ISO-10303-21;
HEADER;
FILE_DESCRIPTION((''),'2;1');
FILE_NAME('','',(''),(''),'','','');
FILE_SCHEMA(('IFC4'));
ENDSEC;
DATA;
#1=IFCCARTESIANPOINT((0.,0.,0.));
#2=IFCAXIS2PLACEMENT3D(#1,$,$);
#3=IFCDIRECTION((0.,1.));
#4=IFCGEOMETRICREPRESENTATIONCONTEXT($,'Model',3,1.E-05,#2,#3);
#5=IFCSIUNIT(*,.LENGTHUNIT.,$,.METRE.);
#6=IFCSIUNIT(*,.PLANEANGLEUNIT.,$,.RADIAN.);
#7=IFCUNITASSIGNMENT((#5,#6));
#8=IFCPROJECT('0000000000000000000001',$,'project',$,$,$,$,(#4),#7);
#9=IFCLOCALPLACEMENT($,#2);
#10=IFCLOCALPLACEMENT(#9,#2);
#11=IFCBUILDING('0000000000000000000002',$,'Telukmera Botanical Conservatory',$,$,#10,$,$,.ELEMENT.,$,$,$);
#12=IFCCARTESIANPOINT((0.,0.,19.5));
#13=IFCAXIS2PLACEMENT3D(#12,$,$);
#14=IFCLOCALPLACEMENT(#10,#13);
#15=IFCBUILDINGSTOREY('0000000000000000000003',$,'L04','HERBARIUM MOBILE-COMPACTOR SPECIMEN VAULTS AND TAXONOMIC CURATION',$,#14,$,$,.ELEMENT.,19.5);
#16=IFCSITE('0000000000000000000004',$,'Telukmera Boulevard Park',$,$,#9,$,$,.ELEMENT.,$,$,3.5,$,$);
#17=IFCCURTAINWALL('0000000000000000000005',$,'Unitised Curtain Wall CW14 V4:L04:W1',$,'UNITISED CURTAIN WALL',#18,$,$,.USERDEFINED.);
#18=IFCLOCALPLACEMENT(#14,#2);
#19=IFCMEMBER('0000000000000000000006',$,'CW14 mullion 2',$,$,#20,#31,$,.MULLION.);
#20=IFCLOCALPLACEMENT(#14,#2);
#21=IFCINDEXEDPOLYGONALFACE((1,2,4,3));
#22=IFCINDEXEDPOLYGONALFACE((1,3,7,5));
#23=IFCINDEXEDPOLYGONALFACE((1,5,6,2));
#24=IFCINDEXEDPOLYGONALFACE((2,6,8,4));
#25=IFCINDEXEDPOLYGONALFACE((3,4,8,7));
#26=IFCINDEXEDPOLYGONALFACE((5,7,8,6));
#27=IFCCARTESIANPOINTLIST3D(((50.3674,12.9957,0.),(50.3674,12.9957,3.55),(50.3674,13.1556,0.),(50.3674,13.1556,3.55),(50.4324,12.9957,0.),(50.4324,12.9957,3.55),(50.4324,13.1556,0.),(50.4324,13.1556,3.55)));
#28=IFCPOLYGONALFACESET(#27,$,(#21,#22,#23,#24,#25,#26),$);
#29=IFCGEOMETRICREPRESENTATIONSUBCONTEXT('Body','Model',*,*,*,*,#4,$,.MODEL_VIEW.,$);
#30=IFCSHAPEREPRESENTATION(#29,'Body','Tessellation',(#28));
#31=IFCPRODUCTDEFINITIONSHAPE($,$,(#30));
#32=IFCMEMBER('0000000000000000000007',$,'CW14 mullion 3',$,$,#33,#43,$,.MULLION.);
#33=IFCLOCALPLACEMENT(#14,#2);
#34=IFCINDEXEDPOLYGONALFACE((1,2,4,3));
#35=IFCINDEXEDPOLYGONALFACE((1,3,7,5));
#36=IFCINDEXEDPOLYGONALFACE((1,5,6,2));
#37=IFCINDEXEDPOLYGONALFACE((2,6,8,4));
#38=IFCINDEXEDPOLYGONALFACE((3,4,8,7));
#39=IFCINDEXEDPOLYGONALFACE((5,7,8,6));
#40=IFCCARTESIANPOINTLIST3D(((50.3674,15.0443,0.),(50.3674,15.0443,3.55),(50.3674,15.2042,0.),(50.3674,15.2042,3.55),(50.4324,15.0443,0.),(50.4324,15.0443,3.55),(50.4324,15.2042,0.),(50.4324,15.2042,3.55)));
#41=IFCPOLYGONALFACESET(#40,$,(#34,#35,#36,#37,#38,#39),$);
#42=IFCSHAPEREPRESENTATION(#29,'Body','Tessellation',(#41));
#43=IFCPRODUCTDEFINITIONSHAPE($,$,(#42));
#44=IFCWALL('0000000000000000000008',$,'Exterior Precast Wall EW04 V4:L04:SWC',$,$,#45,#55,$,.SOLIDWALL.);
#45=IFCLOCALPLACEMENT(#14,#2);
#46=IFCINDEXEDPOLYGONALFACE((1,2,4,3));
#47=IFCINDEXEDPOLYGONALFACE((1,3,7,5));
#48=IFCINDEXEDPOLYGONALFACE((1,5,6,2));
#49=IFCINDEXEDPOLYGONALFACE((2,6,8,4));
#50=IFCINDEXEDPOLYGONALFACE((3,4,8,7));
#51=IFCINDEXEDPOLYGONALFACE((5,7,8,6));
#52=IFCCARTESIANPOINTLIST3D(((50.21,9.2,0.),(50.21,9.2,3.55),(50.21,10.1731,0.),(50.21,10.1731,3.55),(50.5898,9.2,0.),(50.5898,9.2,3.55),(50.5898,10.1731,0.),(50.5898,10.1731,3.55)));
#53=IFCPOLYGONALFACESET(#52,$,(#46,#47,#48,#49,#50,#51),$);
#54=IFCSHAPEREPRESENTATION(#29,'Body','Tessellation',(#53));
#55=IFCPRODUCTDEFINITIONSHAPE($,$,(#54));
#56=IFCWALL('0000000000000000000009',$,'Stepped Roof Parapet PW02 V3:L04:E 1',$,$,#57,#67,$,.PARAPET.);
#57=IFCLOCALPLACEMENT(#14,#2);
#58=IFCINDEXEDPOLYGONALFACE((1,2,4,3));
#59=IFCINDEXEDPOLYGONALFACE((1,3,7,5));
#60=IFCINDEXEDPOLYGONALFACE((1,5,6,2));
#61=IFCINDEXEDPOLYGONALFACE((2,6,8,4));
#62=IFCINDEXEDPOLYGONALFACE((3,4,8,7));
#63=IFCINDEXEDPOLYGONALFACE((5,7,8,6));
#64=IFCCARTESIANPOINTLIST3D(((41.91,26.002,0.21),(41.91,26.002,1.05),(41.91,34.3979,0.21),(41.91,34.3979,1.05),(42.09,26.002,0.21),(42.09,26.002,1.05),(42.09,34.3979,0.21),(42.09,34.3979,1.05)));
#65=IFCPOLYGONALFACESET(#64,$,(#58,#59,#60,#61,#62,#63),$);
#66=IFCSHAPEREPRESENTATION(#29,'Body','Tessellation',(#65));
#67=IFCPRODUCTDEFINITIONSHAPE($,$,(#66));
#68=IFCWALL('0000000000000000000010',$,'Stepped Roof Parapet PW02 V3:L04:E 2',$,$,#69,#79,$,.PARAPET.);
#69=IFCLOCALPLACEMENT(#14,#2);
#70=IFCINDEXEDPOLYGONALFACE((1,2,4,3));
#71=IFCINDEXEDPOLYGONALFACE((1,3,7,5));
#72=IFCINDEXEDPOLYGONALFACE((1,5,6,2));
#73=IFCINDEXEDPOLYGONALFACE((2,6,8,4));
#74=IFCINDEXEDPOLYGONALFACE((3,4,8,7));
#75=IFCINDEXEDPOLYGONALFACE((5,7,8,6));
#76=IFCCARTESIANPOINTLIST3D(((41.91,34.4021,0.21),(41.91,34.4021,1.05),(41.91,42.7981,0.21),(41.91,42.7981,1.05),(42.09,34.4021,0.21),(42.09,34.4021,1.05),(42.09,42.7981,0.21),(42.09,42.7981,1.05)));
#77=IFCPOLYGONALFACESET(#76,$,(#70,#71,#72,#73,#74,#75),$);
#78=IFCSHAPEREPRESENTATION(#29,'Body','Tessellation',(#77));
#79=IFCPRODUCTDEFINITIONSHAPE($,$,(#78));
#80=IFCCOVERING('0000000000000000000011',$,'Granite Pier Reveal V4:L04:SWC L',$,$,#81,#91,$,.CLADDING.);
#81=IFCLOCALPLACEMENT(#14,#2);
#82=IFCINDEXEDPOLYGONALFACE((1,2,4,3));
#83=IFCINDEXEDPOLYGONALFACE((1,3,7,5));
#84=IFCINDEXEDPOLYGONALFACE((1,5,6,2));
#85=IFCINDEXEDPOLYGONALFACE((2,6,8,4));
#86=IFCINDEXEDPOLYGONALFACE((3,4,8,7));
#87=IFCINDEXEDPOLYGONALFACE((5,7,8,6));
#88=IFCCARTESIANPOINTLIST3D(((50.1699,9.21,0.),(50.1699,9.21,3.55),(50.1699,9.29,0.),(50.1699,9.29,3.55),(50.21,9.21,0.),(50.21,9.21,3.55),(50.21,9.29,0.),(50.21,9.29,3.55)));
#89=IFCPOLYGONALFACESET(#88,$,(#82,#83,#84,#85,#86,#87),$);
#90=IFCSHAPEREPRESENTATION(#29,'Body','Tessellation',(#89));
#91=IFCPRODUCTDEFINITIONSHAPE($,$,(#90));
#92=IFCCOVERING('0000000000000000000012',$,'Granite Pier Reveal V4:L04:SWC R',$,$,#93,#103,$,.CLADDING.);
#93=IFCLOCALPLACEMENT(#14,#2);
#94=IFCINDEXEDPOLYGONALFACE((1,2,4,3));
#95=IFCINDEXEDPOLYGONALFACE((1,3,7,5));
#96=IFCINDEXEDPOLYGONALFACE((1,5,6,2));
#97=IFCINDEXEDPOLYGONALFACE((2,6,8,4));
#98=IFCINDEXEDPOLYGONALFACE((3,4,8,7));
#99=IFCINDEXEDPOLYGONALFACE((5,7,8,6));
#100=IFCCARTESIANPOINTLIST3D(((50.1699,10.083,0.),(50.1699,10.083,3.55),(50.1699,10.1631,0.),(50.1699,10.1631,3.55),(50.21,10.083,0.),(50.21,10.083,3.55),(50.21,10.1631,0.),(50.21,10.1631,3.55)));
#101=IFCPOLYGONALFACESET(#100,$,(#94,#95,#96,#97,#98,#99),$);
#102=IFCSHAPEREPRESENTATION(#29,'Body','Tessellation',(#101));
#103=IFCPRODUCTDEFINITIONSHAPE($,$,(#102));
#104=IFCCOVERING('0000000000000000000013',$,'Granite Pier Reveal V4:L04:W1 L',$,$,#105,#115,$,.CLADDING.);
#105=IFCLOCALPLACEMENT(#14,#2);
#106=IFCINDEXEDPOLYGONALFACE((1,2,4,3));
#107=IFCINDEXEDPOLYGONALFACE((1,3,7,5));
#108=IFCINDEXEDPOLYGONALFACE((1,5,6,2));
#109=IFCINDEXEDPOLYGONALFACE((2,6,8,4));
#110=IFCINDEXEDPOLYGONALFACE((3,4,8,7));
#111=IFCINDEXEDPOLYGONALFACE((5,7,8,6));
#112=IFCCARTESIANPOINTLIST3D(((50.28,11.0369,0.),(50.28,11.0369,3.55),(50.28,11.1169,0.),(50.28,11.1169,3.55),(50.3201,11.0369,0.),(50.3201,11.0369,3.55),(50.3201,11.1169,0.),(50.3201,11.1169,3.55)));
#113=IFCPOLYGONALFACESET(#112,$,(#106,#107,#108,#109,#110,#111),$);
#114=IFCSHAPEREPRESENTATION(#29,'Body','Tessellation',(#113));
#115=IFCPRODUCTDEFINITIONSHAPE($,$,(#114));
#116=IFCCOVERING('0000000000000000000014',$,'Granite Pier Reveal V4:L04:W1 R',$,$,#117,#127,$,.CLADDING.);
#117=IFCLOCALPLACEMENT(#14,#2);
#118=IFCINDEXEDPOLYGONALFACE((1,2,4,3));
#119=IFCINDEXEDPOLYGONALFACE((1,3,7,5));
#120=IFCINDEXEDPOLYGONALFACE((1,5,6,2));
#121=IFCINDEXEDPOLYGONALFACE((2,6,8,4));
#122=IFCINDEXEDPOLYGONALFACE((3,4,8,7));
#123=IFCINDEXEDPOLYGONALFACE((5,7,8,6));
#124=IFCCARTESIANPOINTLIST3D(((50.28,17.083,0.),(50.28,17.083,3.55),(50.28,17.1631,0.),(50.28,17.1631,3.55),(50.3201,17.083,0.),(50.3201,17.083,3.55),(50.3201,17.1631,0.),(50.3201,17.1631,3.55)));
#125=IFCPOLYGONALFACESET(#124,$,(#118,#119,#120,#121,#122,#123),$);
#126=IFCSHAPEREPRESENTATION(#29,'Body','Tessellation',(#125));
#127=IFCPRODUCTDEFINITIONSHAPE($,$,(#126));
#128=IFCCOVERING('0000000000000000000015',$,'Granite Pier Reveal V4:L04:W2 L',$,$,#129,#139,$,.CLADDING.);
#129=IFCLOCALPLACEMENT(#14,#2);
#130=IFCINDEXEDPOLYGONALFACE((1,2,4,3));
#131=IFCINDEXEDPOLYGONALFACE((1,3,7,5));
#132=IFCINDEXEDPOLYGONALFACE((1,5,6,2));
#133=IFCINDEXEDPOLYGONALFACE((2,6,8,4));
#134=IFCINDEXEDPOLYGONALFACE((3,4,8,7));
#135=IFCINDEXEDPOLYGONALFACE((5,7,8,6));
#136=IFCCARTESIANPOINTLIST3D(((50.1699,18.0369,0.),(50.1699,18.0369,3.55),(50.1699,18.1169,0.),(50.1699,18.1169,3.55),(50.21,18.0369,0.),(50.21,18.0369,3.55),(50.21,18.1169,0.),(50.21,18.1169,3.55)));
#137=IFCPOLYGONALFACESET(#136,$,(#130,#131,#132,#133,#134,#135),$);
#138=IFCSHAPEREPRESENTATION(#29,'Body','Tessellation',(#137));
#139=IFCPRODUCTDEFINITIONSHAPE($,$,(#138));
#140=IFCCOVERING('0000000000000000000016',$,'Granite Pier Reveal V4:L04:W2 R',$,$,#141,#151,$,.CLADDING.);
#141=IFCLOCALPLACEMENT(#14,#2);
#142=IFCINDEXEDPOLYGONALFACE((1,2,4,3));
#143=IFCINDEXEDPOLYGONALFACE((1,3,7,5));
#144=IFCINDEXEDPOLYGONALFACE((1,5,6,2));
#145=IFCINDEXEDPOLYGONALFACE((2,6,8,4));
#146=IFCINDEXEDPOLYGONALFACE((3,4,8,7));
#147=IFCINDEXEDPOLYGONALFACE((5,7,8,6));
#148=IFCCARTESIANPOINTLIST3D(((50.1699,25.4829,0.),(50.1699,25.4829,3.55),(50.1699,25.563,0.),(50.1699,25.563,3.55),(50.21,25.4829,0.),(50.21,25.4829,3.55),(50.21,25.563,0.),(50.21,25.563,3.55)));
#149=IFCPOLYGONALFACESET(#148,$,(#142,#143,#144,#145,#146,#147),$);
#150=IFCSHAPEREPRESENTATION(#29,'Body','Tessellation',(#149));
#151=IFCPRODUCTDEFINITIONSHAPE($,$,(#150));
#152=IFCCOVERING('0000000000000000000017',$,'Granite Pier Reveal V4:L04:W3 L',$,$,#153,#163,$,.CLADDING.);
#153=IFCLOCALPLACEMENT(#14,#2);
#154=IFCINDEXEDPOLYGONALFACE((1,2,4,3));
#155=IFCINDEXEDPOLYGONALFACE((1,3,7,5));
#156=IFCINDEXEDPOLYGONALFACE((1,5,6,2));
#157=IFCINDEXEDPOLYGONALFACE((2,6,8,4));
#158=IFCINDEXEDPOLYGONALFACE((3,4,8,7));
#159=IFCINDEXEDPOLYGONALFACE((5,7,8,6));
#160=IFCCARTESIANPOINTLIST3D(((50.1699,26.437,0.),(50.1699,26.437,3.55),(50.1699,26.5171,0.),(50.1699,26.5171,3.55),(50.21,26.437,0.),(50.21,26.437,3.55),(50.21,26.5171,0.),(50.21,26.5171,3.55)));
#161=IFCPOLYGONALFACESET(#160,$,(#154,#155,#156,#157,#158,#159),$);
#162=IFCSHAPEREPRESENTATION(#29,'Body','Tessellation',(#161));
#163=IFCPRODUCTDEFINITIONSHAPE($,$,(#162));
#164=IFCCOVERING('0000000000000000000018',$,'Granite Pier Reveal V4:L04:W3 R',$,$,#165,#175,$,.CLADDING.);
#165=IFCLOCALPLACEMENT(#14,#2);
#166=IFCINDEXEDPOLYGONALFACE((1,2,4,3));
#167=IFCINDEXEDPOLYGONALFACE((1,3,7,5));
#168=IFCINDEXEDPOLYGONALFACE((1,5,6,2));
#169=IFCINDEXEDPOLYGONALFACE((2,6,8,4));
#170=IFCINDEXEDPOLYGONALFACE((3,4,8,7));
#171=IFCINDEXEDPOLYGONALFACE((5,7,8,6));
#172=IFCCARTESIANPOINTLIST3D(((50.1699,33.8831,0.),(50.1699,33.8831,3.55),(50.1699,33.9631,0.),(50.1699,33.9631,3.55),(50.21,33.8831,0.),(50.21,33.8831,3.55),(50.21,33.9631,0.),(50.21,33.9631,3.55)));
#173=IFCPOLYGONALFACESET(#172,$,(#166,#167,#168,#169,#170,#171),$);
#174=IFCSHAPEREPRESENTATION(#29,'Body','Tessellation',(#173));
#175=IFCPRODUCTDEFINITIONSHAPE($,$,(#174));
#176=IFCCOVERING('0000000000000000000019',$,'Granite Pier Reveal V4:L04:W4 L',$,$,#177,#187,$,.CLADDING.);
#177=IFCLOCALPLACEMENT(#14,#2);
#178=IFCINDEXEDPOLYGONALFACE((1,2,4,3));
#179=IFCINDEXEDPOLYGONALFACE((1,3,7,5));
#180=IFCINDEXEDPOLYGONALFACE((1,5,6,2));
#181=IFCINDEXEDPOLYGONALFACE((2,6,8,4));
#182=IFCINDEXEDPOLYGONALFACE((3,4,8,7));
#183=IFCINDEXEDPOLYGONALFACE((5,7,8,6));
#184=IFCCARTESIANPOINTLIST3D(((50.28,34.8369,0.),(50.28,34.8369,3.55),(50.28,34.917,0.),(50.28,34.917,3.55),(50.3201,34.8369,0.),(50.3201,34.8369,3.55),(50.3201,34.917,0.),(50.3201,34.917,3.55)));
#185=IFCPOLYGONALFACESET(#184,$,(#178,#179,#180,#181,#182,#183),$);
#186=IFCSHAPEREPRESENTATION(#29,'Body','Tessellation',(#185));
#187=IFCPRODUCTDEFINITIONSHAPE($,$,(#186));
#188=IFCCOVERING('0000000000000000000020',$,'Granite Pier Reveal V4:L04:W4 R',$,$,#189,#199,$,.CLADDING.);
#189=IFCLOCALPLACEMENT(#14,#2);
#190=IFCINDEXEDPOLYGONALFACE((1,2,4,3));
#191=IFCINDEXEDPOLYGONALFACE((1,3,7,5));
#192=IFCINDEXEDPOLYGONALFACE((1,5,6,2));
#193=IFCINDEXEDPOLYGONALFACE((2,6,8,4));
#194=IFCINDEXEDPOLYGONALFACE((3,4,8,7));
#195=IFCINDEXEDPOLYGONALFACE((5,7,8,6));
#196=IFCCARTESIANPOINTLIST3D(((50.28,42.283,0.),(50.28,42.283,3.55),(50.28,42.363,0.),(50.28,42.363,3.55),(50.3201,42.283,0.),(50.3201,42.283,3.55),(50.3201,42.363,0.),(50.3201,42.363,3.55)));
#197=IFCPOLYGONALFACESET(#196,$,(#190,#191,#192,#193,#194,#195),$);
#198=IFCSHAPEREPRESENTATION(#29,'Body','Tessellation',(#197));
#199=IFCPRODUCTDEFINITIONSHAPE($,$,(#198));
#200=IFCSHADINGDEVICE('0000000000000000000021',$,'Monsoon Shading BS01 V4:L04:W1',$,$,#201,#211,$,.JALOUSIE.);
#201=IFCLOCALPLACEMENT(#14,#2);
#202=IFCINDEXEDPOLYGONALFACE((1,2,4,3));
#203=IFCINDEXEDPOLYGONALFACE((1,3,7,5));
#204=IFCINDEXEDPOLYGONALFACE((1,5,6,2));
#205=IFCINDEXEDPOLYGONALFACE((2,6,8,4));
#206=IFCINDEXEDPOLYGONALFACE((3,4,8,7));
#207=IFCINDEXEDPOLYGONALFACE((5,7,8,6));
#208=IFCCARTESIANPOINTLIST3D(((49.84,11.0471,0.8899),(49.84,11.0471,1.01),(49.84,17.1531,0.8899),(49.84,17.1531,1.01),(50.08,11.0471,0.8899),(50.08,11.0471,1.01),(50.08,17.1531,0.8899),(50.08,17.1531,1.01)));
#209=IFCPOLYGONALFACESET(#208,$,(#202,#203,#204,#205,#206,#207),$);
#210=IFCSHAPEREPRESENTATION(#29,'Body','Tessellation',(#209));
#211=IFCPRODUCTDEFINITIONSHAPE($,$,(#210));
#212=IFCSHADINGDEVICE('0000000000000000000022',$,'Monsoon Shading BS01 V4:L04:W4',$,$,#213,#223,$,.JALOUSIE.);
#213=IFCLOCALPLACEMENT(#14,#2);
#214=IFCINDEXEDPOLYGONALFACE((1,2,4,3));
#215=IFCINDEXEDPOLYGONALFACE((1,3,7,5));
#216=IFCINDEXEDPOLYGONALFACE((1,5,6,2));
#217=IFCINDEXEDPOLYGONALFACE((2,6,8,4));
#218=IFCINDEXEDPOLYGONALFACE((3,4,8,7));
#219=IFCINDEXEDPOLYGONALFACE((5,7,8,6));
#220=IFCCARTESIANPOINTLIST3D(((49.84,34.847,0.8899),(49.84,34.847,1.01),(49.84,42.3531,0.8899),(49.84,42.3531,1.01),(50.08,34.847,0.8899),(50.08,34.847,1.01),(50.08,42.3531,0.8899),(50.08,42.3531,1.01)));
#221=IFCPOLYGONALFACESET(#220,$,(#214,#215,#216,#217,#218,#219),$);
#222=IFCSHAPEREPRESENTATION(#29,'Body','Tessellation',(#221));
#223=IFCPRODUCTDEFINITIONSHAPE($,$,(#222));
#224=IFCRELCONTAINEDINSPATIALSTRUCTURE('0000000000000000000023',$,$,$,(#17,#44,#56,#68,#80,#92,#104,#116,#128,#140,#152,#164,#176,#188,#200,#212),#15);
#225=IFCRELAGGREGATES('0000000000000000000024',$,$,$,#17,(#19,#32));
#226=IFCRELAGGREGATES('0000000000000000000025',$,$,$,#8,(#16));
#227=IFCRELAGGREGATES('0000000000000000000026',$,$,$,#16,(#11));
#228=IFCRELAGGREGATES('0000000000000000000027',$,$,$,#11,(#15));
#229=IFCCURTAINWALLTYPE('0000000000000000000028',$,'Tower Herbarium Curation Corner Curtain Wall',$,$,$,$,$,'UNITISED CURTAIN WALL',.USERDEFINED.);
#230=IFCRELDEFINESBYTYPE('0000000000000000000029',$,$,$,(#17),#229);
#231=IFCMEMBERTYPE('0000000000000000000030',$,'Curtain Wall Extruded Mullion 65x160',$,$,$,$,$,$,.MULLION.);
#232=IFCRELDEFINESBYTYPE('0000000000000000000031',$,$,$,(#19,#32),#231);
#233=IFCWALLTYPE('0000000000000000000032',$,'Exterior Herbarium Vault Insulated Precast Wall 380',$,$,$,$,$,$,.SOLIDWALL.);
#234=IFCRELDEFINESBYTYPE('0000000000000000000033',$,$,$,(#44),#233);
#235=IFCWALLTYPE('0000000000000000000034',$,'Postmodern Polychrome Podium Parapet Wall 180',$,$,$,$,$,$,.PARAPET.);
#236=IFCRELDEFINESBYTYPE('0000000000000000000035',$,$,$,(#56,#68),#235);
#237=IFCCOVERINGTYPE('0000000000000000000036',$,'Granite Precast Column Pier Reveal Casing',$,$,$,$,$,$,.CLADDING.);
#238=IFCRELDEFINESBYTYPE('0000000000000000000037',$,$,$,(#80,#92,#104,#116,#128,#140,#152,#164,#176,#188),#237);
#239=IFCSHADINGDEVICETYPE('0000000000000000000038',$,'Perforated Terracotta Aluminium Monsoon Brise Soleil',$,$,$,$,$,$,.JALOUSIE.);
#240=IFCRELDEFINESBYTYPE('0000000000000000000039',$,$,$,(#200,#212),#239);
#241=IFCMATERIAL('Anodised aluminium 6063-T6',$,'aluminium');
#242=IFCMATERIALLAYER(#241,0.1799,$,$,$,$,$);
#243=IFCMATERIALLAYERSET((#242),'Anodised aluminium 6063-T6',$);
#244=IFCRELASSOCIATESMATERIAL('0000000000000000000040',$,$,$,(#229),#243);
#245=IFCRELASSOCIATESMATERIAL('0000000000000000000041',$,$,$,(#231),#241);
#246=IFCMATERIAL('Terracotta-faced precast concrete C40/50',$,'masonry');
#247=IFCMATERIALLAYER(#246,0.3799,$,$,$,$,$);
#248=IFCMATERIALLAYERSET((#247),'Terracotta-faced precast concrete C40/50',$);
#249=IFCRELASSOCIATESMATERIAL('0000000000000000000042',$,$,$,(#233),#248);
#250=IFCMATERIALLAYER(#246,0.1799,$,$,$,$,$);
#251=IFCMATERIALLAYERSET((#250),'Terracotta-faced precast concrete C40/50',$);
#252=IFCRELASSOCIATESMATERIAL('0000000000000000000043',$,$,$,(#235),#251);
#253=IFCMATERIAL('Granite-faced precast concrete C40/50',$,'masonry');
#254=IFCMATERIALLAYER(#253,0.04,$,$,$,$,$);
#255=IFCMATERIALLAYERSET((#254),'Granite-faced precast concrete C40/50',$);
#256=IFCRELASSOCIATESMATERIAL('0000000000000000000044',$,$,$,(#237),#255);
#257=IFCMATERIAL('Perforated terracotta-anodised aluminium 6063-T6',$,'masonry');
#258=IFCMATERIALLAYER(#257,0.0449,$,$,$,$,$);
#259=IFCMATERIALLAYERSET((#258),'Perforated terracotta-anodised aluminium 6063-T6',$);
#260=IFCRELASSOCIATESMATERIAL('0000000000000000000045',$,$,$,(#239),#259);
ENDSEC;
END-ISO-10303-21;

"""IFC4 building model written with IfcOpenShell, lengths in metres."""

from ifc_helpers import new_model, si_unit, direction, frame, frame_2d, origin, origin_2d, place, context, subcontext, project, spatial, rectangle, extrude, material, layer, layer_set, material_profile, profile_set, type_object, element, aggregate, save


model = new_model("IFC4")

# Units and contexts
model_context = context("Model", 3, precision=1e-05, world=origin(), true_north=direction((0.0, 1.0)))
body_context = subcontext(model_context, "Body", "Model", "MODEL_VIEW")
ifc_project = project(units=[si_unit("LENGTHUNIT", "METRE"), si_unit("PLANEANGLEUNIT", "RADIAN")], contexts=[model_context])

# Site, building, storey
site_placement = place(None, origin())
site = spatial("IfcSite", under=ifc_project, at=site_placement, Name="Telukmera Boulevard Park", CompositionType="ELEMENT", RefElevation=3.5)
building_placement = place(site_placement, origin())
building = spatial("IfcBuilding", under=site, at=building_placement, Name="Telukmera Botanical Conservatory", CompositionType="ELEMENT")
storey_placement = place(building_placement, frame((0.0, 0.0, 19.5)))
storey = spatial("IfcBuildingStorey", under=building, at=storey_placement, Name="L04", Description="HERBARIUM MOBILE-COMPACTOR SPECIMEN VAULTS AND TAXONOMIC CURATION", CompositionType="ELEMENT", Elevation=19.5)

# Curtain wall, members
ifc_material_1 = material(Name="Anodised aluminium 6063-T6", Category="aluminium")
ifc_layer_1 = layer(ifc_material_1, 0.1799)
ifc_layer_set_1 = layer_set([ifc_layer_1], Name="Anodised aluminium 6063-T6")
curtain_wall_type = type_object("IfcCurtainWallType", Name="Tower Herbarium Curation Corner Curtain Wall", ElementType="UNITISED CURTAIN WALL", PredefinedType="USERDEFINED", material=ifc_layer_set_1)
curtain_wall_placement = place(storey_placement, origin())
curtain_wall = element("IfcCurtainWall", 1, at=curtain_wall_placement, inside=storey, type_object=curtain_wall_type, Name="Unitised Curtain Wall CW14 V4:L04:W1", ObjectType="UNITISED CURTAIN WALL", PredefinedType="USERDEFINED")
ifc_material_profile_1 = material_profile(ifc_material_1, rectangle(XDim=0.0649, YDim=0.1599, at=origin_2d()), Name="ALU MULL 65x160")
ifc_profile_set_1 = profile_set([ifc_material_profile_1], Name="Anodised aluminium 6063-T6")
member_type = type_object("IfcMemberType", Name="Curtain Wall Extruded Mullion 65x160", PredefinedType="MULLION", material=ifc_profile_set_1)
member_1_placement = place(storey_placement, frame((50.3999, 13.0757, 0.0), z_axis=(0.0, 0.0, 1.0), x_axis=(-1.0, 0.0, 0.0)))
member_1 = element("IfcMember", 2, at=member_1_placement, type_object=member_type, Name="CW14 mullion 2", PredefinedType="MULLION", context=body_context, shape_type="SweptSolid", body=[
    extrude(rectangle(XDim=0.0649, YDim=0.1599, at=origin_2d()), origin(), (0.0, 0.0, 1.0), 3.55),
])
member_2_placement = place(storey_placement, frame((50.3999, 15.1243, 0.0), z_axis=(0.0, 0.0, 1.0), x_axis=(-1.0, 0.0, 0.0)))
member_2 = element("IfcMember", 3, at=member_2_placement, type_object=member_type, Name="CW14 mullion 3", PredefinedType="MULLION", context=body_context, shape_type="SweptSolid", body=[
    extrude(rectangle(XDim=0.0649, YDim=0.1599, at=origin_2d()), origin(), (0.0, 0.0, 1.0), 3.55),
])
aggregate(curtain_wall, [member_1, member_2])

# Walls
ifc_material_2 = material(Name="Terracotta-faced precast concrete C40/50", Category="masonry")
ifc_layer_2 = layer(ifc_material_2, 0.3799)
ifc_layer_set_2 = layer_set([ifc_layer_2], Name="Terracotta-faced precast concrete C40/50")
wall_type_1 = type_object("IfcWallType", Name="Exterior Herbarium Vault Insulated Precast Wall 380", PredefinedType="SOLIDWALL", material=ifc_layer_set_2)
wall_placement = place(storey_placement, frame((50.3999, 9.2, 0.0), z_axis=(0.0, 0.0, 1.0), x_axis=(0.0, 1.0, 0.0)))
element("IfcWall", 4, at=wall_placement, inside=storey, type_object=wall_type_1, Name="Exterior Precast Wall EW04 V4:L04:SWC", PredefinedType="SOLIDWALL", context=body_context, shape_type="SweptSolid", body=[
    extrude(rectangle(XDim=0.9731, YDim=0.3799, at=frame_2d((0.4866, 0.0))), origin(), (0.0, 0.0, 1.0), 3.55),
])
ifc_layer_3 = layer(ifc_material_2, 0.1799)
ifc_layer_set_3 = layer_set([ifc_layer_3], Name="Terracotta-faced precast concrete C40/50")
wall_type_2 = type_object("IfcWallType", Name="Postmodern Polychrome Podium Parapet Wall 180", PredefinedType="PARAPET", material=ifc_layer_set_3)
for number, where, z_axis, x_axis, name in (
    (5, (42.0, 26.002, 0.21), (0.0, 0.0, 1.0), (0.0, 1.0, 0.0), "Stepped Roof Parapet PW02 V3:L04:E 1"),
    (6, (42.0, 34.4021, 0.21), (0.0, 0.0, 1.0), (0.0, 1.0, 0.0), "Stepped Roof Parapet PW02 V3:L04:E 2"),
):
    element("IfcWall", number, at=place(storey_placement, frame(where, z_axis=z_axis, x_axis=x_axis)), inside=storey, type_object=wall_type_2, Name=name, PredefinedType="PARAPET", context=body_context, shape_type="SweptSolid", body=[
        extrude(rectangle(XDim=8.396, YDim=0.1799, at=frame_2d((4.198, 0.0))), origin(), (0.0, 0.0, 1.0), 0.8401),
    ])

# Coverings
ifc_material_3 = material(Name="Granite-faced precast concrete C40/50", Category="masonry")
ifc_layer_4 = layer(ifc_material_3, 0.04)
ifc_layer_set_4 = layer_set([ifc_layer_4], Name="Granite-faced precast concrete C40/50")
covering_type_1 = type_object("IfcCoveringType", Name="Granite Precast Column Pier Reveal Casing", PredefinedType="CLADDING", material=ifc_layer_set_4)
for number, where, z_axis, x_axis, name in (
    (7, (50.1899, 9.25, 0.0), (0.0, 0.0, 1.0), (0.0, 1.0, 0.0), "Granite Pier Reveal V4:L04:SWC L"),
    (8, (50.1899, 10.123, 0.0), (0.0, 0.0, 1.0), (0.0, 1.0, 0.0), "Granite Pier Reveal V4:L04:SWC R"),
    (9, (50.3, 11.0769, 0.0), (0.0, 0.0, 1.0), (0.0, 1.0, 0.0), "Granite Pier Reveal V4:L04:W1 L"),
    (10, (50.3, 17.123, 0.0), (0.0, 0.0, 1.0), (0.0, 1.0, 0.0), "Granite Pier Reveal V4:L04:W1 R"),
    (11, (50.1899, 18.0769, 0.0), (0.0, 0.0, 1.0), (0.0, 1.0, 0.0), "Granite Pier Reveal V4:L04:W2 L"),
    (12, (50.1899, 25.5229, 0.0), (0.0, 0.0, 1.0), (0.0, 1.0, 0.0), "Granite Pier Reveal V4:L04:W2 R"),
    (13, (50.1899, 26.4771, 0.0), (0.0, 0.0, 1.0), (0.0, 1.0, 0.0), "Granite Pier Reveal V4:L04:W3 L"),
    (14, (50.1899, 33.9231, 0.0), (0.0, 0.0, 1.0), (0.0, 1.0, 0.0), "Granite Pier Reveal V4:L04:W3 R"),
    (15, (50.3, 34.877, 0.0), (0.0, 0.0, 1.0), (0.0, 1.0, 0.0), "Granite Pier Reveal V4:L04:W4 L"),
    (16, (50.3, 42.323, 0.0), (0.0, 0.0, 1.0), (0.0, 1.0, 0.0), "Granite Pier Reveal V4:L04:W4 R"),
):
    element("IfcCovering", number, at=place(storey_placement, frame(where, z_axis=z_axis, x_axis=x_axis)), inside=storey, type_object=covering_type_1, Name=name, PredefinedType="CLADDING", context=body_context, shape_type="SweptSolid", body=[
        extrude(rectangle(XDim=0.0801, YDim=0.04, at=origin_2d()), origin(), (0.0, 0.0, 1.0), 3.55),
    ])

# Shading devices
ifc_material_4 = material(Name="Perforated terracotta-anodised aluminium 6063-T6", Category="masonry")
ifc_layer_5 = layer(ifc_material_4, 0.0449)
ifc_layer_set_5 = layer_set([ifc_layer_5], Name="Perforated terracotta-anodised aluminium 6063-T6")
shading_device_type = type_object("IfcShadingDeviceType", Name="Perforated Terracotta Aluminium Monsoon Brise Soleil", PredefinedType="JALOUSIE", material=ifc_layer_set_5)
shading_device_1_placement = place(storey_placement, frame((49.96, 14.1001, 0.8899), z_axis=(0.0, 0.0, 1.0), x_axis=(0.0, 1.0, 0.0)))
element("IfcShadingDevice", 17, at=shading_device_1_placement, inside=storey, type_object=shading_device_type, Name="Monsoon Shading BS01 V4:L04:W1", PredefinedType="JALOUSIE", context=body_context, shape_type="SweptSolid", body=[
    extrude(rectangle(XDim=6.106, YDim=0.24, at=origin_2d()), origin(), (0.0, 0.0, 1.0), 0.1201),
])
shading_device_2_placement = place(storey_placement, frame((49.96, 38.6001, 0.8899), z_axis=(0.0, 0.0, 1.0), x_axis=(0.0, 1.0, 0.0)))
element("IfcShadingDevice", 18, at=shading_device_2_placement, inside=storey, type_object=shading_device_type, Name="Monsoon Shading BS01 V4:L04:W4", PredefinedType="JALOUSIE", context=body_context, shape_type="SweptSolid", body=[
    extrude(rectangle(XDim=7.5061, YDim=0.24, at=origin_2d()), origin(), (0.0, 0.0, 1.0), 0.1201),
])

save(model, "model.ifc")
